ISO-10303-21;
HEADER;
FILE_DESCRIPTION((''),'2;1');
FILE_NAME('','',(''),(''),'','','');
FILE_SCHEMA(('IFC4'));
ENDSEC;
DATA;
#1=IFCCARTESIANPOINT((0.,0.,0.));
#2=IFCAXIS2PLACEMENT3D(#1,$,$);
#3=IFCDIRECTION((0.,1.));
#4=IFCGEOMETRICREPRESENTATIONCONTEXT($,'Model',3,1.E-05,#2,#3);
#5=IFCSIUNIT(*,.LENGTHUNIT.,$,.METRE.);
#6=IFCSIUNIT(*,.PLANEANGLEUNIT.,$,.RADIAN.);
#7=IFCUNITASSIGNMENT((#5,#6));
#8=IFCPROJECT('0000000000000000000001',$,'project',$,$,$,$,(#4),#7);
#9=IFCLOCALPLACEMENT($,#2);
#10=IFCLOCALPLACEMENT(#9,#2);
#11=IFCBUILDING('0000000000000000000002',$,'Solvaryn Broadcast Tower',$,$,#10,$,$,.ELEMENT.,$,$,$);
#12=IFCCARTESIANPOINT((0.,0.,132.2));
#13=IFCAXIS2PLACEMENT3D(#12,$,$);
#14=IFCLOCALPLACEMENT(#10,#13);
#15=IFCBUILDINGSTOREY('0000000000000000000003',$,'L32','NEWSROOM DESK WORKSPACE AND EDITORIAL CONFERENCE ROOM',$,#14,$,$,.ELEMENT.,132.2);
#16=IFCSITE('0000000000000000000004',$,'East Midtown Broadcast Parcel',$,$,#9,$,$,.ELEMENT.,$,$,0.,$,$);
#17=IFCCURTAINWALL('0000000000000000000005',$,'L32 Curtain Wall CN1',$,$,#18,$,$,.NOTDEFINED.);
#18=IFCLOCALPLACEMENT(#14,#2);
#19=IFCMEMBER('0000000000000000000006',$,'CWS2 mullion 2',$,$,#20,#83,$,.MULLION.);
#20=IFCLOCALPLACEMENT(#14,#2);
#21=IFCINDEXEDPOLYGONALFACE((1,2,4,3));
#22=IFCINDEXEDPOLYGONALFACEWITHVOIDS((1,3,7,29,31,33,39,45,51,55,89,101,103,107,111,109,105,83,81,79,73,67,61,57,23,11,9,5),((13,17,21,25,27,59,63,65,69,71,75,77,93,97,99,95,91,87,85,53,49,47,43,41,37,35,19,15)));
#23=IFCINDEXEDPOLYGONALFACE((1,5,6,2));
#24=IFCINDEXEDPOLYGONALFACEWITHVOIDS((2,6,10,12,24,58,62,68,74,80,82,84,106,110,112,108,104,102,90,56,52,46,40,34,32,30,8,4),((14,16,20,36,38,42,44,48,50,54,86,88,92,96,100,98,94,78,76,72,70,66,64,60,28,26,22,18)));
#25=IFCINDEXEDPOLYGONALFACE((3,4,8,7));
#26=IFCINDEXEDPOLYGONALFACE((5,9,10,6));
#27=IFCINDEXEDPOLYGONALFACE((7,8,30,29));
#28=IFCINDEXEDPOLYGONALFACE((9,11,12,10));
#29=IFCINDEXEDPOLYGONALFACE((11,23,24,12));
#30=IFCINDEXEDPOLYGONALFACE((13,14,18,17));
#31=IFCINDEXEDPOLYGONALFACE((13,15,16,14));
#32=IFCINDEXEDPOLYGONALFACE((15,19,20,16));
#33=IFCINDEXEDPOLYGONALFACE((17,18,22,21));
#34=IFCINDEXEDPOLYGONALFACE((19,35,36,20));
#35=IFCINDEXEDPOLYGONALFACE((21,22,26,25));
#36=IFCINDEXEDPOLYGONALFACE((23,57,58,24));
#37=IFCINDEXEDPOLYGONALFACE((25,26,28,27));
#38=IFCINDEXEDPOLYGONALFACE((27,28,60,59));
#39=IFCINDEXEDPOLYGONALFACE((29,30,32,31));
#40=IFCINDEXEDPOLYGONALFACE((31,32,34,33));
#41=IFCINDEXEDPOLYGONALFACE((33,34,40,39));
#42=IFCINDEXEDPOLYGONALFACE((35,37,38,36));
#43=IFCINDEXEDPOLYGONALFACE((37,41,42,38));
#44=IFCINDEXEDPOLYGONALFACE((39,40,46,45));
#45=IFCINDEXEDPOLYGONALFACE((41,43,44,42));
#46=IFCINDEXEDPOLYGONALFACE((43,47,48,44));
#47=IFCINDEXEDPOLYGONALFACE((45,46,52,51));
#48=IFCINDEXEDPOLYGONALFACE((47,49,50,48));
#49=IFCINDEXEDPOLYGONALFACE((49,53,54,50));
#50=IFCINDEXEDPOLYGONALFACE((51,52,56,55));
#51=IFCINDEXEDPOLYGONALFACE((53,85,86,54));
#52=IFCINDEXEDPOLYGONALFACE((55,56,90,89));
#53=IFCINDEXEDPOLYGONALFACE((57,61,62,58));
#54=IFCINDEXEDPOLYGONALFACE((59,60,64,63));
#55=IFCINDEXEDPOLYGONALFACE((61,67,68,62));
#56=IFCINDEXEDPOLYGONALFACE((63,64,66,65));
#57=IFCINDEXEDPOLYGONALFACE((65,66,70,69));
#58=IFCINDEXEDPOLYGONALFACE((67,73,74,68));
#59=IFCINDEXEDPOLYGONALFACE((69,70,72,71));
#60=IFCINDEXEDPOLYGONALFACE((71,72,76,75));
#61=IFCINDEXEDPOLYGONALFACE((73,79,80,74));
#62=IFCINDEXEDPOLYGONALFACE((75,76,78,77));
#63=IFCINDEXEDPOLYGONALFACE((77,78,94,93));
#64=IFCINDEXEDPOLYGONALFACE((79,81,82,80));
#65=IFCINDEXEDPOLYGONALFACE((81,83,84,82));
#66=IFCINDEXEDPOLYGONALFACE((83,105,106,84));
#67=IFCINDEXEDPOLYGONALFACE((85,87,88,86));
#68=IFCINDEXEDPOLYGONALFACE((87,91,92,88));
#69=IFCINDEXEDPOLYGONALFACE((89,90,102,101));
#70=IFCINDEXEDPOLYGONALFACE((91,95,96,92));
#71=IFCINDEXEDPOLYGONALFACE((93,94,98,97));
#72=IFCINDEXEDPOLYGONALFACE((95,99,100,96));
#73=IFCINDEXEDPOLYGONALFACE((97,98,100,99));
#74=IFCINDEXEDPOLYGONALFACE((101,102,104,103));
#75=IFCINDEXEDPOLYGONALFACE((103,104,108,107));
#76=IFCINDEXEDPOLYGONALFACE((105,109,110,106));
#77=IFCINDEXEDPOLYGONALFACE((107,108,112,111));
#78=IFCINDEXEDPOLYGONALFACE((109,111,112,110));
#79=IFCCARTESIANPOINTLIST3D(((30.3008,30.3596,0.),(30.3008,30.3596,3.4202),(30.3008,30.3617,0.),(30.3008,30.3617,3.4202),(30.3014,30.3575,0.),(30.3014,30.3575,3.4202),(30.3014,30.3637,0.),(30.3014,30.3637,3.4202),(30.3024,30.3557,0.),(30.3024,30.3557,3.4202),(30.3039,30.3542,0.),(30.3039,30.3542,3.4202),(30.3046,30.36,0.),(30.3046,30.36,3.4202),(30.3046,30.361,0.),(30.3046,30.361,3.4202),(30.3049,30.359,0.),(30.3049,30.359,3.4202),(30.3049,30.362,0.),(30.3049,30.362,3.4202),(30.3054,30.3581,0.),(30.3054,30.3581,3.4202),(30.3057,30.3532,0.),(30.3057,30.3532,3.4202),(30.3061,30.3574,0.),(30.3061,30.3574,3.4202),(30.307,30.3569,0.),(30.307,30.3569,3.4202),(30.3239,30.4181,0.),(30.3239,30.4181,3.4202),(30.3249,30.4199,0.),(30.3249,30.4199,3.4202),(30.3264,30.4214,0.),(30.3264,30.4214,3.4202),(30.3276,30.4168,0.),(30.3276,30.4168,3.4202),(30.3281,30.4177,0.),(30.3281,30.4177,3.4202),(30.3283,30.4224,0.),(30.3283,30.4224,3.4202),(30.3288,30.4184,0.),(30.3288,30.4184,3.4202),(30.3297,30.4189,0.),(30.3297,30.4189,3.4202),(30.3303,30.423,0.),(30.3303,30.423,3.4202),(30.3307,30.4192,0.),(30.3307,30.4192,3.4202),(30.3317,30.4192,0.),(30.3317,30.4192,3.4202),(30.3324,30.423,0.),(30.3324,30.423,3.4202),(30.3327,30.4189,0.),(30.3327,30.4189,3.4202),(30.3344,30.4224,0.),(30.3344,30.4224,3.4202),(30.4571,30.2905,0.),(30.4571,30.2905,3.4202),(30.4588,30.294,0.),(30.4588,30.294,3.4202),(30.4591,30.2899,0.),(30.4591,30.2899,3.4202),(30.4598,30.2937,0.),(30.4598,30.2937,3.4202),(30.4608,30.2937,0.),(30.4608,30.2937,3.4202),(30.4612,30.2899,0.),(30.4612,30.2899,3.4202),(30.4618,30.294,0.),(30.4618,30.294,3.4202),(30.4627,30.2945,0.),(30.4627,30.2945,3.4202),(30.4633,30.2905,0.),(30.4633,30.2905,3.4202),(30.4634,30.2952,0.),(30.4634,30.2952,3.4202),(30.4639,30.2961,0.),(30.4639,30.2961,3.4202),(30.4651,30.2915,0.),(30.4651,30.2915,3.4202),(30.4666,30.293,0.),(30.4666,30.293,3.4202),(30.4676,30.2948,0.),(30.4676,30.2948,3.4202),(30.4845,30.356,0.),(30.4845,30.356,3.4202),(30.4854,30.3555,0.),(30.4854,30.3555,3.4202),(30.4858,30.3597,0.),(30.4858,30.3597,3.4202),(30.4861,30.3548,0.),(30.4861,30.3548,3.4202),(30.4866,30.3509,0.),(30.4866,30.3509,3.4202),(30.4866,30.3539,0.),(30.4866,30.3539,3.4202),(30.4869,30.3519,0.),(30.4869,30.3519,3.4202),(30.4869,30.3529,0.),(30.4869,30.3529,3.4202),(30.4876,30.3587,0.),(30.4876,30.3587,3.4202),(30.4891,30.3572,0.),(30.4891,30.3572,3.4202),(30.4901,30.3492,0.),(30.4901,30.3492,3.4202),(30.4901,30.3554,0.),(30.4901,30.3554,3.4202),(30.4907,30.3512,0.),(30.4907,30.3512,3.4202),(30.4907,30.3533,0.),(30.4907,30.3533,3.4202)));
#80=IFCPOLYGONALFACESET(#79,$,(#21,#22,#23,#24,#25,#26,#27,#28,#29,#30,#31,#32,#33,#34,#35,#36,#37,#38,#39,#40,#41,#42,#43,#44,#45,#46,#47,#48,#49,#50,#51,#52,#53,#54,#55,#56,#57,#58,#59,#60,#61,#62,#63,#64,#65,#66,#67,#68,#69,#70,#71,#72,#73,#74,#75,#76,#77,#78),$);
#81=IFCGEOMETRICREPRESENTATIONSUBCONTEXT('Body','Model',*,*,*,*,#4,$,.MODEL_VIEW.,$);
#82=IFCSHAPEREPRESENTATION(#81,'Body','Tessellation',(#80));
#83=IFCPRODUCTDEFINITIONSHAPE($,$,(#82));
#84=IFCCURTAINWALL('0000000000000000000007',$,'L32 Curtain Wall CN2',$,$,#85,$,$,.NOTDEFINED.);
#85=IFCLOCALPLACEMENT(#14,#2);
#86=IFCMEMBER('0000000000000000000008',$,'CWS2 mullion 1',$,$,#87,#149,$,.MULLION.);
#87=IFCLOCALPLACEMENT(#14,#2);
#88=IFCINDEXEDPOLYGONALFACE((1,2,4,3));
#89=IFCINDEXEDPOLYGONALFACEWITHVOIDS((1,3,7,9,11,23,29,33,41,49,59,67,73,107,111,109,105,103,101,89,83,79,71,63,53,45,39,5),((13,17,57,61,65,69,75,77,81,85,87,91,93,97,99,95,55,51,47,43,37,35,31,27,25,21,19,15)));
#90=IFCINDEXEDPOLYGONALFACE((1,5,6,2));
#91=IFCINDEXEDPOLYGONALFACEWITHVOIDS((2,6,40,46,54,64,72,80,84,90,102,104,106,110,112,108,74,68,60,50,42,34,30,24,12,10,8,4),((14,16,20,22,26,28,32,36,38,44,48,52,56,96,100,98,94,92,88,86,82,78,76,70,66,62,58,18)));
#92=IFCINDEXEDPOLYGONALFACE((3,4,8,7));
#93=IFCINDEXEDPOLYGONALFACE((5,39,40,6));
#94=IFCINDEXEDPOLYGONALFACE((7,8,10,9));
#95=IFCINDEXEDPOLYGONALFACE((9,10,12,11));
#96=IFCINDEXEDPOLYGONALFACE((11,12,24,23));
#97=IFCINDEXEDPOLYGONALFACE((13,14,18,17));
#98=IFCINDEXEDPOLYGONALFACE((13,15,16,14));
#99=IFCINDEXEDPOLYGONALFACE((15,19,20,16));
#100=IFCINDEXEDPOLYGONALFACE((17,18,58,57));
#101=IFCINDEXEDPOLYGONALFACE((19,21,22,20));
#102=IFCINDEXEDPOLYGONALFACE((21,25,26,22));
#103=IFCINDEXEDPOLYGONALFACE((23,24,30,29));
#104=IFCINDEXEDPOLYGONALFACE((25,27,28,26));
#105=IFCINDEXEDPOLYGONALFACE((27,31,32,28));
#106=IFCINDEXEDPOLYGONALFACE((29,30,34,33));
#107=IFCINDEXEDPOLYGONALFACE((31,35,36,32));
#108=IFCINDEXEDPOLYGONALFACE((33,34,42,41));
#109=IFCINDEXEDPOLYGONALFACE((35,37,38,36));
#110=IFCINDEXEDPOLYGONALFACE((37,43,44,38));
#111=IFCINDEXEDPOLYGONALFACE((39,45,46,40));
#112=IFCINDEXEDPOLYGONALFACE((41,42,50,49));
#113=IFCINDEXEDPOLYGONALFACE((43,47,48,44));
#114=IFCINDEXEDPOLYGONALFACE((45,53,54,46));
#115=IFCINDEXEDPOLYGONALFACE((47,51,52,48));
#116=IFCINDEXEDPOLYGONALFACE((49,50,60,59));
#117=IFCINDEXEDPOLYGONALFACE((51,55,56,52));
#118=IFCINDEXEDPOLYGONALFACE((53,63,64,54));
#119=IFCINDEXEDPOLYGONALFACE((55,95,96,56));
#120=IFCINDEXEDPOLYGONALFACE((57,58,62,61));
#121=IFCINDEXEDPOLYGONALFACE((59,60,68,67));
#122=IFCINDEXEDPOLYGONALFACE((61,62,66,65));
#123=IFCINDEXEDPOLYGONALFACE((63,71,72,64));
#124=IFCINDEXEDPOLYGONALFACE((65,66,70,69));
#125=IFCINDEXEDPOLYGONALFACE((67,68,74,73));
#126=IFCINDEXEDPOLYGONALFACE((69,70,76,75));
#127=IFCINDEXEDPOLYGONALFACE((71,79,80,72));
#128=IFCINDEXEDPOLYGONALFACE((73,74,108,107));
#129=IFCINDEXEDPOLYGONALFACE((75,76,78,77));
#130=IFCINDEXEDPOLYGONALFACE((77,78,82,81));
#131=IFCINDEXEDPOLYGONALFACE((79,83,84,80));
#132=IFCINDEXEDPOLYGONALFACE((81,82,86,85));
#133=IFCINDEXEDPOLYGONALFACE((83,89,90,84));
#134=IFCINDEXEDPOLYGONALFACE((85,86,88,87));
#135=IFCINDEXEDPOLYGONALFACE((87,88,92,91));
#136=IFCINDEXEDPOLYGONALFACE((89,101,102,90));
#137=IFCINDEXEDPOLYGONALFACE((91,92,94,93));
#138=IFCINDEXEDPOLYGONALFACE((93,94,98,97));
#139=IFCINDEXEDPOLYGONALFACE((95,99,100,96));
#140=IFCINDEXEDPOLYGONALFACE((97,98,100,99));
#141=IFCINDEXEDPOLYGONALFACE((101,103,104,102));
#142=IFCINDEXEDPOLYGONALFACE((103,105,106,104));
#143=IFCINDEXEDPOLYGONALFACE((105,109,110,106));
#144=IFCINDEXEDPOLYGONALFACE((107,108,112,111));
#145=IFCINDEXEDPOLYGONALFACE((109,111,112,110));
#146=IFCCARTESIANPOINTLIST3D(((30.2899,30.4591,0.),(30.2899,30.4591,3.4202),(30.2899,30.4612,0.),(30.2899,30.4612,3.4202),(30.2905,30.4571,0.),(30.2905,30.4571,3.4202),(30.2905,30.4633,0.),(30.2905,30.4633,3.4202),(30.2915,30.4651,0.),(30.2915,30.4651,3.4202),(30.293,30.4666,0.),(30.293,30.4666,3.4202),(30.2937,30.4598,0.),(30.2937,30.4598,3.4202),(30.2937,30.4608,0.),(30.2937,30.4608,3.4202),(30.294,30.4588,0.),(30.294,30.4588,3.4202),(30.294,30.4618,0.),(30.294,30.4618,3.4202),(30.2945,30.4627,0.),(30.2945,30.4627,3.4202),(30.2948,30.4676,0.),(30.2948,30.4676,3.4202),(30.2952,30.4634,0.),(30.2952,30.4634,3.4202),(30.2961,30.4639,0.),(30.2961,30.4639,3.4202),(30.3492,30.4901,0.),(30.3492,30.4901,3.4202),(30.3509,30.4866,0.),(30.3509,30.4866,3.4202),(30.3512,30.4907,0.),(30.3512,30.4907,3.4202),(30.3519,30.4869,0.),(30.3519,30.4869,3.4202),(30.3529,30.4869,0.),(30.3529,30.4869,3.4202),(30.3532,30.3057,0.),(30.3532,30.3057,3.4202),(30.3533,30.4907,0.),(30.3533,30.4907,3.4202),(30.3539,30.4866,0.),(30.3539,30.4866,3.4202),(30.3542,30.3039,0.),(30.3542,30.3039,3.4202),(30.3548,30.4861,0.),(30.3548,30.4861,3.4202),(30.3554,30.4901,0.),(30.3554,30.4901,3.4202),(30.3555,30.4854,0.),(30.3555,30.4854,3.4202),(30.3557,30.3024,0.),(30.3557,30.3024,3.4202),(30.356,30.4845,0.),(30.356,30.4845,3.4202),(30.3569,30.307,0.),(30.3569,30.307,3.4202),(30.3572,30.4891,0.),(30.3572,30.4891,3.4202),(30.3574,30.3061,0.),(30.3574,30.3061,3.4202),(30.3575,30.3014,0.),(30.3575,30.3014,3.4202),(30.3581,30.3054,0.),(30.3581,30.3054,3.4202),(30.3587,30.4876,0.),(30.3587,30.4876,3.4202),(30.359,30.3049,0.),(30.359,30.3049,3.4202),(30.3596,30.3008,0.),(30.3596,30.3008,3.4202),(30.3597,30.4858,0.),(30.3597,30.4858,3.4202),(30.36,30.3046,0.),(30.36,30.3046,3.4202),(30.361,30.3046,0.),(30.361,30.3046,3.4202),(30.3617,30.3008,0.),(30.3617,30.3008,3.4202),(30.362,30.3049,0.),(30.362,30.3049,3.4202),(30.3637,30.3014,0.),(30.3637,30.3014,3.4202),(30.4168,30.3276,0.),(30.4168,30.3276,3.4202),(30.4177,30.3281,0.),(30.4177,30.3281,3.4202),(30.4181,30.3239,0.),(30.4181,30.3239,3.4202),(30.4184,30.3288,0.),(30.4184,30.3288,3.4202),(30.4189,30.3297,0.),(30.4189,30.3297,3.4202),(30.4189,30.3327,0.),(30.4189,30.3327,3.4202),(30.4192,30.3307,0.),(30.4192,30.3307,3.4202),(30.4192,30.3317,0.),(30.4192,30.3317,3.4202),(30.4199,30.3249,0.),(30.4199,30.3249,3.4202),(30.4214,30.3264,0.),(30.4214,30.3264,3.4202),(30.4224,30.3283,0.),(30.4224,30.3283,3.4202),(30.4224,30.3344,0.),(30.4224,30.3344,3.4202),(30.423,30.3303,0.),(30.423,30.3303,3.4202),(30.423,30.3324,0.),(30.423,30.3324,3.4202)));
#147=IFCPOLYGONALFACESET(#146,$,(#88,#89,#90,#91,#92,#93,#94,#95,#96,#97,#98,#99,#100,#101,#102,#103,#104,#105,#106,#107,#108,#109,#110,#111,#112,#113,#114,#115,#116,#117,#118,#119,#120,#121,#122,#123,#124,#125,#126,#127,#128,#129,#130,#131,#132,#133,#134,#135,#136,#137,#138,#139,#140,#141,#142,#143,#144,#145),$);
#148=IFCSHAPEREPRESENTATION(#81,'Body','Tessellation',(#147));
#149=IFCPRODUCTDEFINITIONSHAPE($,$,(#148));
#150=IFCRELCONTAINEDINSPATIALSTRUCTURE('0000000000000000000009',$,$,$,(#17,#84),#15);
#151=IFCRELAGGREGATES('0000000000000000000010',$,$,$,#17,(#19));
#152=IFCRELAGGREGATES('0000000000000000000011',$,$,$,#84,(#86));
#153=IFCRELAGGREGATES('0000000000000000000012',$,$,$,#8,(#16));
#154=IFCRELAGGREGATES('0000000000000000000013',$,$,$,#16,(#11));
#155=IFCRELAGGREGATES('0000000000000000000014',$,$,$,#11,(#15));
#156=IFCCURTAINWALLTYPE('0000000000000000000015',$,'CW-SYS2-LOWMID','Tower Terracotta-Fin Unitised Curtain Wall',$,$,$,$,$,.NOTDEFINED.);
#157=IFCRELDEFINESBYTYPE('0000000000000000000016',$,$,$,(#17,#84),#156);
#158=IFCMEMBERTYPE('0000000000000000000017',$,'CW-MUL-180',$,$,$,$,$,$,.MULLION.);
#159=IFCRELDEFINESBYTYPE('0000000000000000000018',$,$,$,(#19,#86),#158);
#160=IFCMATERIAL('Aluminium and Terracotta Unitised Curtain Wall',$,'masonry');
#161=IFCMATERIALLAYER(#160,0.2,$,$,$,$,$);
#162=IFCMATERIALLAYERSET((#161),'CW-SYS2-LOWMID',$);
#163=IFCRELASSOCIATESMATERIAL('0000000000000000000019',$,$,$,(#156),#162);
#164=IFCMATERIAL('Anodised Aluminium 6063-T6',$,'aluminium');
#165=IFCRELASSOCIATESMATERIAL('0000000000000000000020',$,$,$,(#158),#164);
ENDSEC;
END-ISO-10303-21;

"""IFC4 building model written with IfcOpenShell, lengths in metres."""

from ifc_helpers import new_model, si_unit, direction, frame, origin, origin_2d, place, context, subcontext, project, spatial, hollow_rectangle, extrude, material, layer, layer_set, material_profile, profile_set, type_object, element, aggregate, save


model = new_model("IFC4")

# Units and contexts
model_context = context("Model", 3, precision=1e-05, world=origin(), true_north=direction((0.0, 1.0)))
body_context = subcontext(model_context, "Body", "Model", "MODEL_VIEW")
ifc_project = project(units=[si_unit("LENGTHUNIT", "METRE"), si_unit("PLANEANGLEUNIT", "RADIAN")], contexts=[model_context])

# Site, building, storey
site_placement = place(None, origin())
site = spatial("IfcSite", under=ifc_project, at=site_placement, Name="East Midtown Broadcast Parcel", CompositionType="ELEMENT", RefElevation=0.0)
building_placement = place(site_placement, origin())
building = spatial("IfcBuilding", under=site, at=building_placement, Name="Solvaryn Broadcast Tower", CompositionType="ELEMENT")
storey_placement = place(building_placement, frame((0.0, 0.0, 132.2)))
storey = spatial("IfcBuildingStorey", under=building, at=storey_placement, Name="L32", Description="NEWSROOM DESK WORKSPACE AND EDITORIAL CONFERENCE ROOM", CompositionType="ELEMENT", Elevation=132.2)

# Curtain wall, member
ifc_material_1 = material(Name="Aluminium and Terracotta Unitised Curtain Wall", Category="masonry")
ifc_layer_1 = layer(ifc_material_1, 0.2)
ifc_layer_set_1 = layer_set([ifc_layer_1], Name="CW-SYS2-LOWMID")
curtain_wall_type = type_object("IfcCurtainWallType", Name="CW-SYS2-LOWMID", Description="Tower Terracotta-Fin Unitised Curtain Wall", PredefinedType="NOTDEFINED", material=ifc_layer_set_1)
curtain_wall_1_placement = place(storey_placement, origin())
curtain_wall_1 = element("IfcCurtainWall", 1, at=curtain_wall_1_placement, inside=storey, type_object=curtain_wall_type, Name="L32 Curtain Wall CN1", PredefinedType="NOTDEFINED")
ifc_material_2 = material(Name="Anodised Aluminium 6063-T6", Category="aluminium")
ifc_material_profile_1 = material_profile(ifc_material_2, hollow_rectangle(XDim=0.075, YDim=0.1799, WallThickness=0.0039, InnerFilletRadius=0.0039, OuterFilletRadius=0.0081, at=origin_2d()))
ifc_profile_set_1 = profile_set([ifc_material_profile_1], Name="Anodised Aluminium 6063-T6")
member_type_1 = type_object("IfcMemberType", Name="CW-MUL-180", PredefinedType="MULLION", material=ifc_profile_set_1)
member_1_placement = place(storey_placement, frame((30.3958, 30.3564, 0.0), z_axis=(0.0, 0.0, 1.0), x_axis=(-0.382646, -0.923895, 0.0)))
member_1 = element("IfcMember", 2, at=member_1_placement, type_object=member_type_1, Name="CWS2 mullion 2", PredefinedType="MULLION", context=body_context, shape_type="SweptSolid", body=[
    extrude(hollow_rectangle(XDim=0.075, YDim=0.1799, WallThickness=0.0039, InnerFilletRadius=0.0039, OuterFilletRadius=0.0081, at=origin_2d()), origin(), (0.0, 0.0, 1.0), 3.4202),
])

# Curtain wall, member
curtain_wall_2_placement = place(storey_placement, origin())
curtain_wall_2 = element("IfcCurtainWall", 3, at=curtain_wall_2_placement, inside=storey, type_object=curtain_wall_type, Name="L32 Curtain Wall CN2", PredefinedType="NOTDEFINED")
member_2_placement = place(storey_placement, frame((30.3564, 30.3958, 0.0), z_axis=(0.0, 0.0, 1.0), x_axis=(-0.923895, -0.382646, 0.0)))
member_2 = element("IfcMember", 4, at=member_2_placement, type_object=member_type_1, Name="CWS2 mullion 1", PredefinedType="MULLION", context=body_context, shape_type="SweptSolid", body=[
    extrude(hollow_rectangle(XDim=0.075, YDim=0.1799, WallThickness=0.0039, InnerFilletRadius=0.0039, OuterFilletRadius=0.0081, at=origin_2d()), origin(), (0.0, 0.0, 1.0), 3.4202),
])

aggregate(curtain_wall_1, [member_1])
aggregate(curtain_wall_2, [member_2])

save(model, "model.ifc")
